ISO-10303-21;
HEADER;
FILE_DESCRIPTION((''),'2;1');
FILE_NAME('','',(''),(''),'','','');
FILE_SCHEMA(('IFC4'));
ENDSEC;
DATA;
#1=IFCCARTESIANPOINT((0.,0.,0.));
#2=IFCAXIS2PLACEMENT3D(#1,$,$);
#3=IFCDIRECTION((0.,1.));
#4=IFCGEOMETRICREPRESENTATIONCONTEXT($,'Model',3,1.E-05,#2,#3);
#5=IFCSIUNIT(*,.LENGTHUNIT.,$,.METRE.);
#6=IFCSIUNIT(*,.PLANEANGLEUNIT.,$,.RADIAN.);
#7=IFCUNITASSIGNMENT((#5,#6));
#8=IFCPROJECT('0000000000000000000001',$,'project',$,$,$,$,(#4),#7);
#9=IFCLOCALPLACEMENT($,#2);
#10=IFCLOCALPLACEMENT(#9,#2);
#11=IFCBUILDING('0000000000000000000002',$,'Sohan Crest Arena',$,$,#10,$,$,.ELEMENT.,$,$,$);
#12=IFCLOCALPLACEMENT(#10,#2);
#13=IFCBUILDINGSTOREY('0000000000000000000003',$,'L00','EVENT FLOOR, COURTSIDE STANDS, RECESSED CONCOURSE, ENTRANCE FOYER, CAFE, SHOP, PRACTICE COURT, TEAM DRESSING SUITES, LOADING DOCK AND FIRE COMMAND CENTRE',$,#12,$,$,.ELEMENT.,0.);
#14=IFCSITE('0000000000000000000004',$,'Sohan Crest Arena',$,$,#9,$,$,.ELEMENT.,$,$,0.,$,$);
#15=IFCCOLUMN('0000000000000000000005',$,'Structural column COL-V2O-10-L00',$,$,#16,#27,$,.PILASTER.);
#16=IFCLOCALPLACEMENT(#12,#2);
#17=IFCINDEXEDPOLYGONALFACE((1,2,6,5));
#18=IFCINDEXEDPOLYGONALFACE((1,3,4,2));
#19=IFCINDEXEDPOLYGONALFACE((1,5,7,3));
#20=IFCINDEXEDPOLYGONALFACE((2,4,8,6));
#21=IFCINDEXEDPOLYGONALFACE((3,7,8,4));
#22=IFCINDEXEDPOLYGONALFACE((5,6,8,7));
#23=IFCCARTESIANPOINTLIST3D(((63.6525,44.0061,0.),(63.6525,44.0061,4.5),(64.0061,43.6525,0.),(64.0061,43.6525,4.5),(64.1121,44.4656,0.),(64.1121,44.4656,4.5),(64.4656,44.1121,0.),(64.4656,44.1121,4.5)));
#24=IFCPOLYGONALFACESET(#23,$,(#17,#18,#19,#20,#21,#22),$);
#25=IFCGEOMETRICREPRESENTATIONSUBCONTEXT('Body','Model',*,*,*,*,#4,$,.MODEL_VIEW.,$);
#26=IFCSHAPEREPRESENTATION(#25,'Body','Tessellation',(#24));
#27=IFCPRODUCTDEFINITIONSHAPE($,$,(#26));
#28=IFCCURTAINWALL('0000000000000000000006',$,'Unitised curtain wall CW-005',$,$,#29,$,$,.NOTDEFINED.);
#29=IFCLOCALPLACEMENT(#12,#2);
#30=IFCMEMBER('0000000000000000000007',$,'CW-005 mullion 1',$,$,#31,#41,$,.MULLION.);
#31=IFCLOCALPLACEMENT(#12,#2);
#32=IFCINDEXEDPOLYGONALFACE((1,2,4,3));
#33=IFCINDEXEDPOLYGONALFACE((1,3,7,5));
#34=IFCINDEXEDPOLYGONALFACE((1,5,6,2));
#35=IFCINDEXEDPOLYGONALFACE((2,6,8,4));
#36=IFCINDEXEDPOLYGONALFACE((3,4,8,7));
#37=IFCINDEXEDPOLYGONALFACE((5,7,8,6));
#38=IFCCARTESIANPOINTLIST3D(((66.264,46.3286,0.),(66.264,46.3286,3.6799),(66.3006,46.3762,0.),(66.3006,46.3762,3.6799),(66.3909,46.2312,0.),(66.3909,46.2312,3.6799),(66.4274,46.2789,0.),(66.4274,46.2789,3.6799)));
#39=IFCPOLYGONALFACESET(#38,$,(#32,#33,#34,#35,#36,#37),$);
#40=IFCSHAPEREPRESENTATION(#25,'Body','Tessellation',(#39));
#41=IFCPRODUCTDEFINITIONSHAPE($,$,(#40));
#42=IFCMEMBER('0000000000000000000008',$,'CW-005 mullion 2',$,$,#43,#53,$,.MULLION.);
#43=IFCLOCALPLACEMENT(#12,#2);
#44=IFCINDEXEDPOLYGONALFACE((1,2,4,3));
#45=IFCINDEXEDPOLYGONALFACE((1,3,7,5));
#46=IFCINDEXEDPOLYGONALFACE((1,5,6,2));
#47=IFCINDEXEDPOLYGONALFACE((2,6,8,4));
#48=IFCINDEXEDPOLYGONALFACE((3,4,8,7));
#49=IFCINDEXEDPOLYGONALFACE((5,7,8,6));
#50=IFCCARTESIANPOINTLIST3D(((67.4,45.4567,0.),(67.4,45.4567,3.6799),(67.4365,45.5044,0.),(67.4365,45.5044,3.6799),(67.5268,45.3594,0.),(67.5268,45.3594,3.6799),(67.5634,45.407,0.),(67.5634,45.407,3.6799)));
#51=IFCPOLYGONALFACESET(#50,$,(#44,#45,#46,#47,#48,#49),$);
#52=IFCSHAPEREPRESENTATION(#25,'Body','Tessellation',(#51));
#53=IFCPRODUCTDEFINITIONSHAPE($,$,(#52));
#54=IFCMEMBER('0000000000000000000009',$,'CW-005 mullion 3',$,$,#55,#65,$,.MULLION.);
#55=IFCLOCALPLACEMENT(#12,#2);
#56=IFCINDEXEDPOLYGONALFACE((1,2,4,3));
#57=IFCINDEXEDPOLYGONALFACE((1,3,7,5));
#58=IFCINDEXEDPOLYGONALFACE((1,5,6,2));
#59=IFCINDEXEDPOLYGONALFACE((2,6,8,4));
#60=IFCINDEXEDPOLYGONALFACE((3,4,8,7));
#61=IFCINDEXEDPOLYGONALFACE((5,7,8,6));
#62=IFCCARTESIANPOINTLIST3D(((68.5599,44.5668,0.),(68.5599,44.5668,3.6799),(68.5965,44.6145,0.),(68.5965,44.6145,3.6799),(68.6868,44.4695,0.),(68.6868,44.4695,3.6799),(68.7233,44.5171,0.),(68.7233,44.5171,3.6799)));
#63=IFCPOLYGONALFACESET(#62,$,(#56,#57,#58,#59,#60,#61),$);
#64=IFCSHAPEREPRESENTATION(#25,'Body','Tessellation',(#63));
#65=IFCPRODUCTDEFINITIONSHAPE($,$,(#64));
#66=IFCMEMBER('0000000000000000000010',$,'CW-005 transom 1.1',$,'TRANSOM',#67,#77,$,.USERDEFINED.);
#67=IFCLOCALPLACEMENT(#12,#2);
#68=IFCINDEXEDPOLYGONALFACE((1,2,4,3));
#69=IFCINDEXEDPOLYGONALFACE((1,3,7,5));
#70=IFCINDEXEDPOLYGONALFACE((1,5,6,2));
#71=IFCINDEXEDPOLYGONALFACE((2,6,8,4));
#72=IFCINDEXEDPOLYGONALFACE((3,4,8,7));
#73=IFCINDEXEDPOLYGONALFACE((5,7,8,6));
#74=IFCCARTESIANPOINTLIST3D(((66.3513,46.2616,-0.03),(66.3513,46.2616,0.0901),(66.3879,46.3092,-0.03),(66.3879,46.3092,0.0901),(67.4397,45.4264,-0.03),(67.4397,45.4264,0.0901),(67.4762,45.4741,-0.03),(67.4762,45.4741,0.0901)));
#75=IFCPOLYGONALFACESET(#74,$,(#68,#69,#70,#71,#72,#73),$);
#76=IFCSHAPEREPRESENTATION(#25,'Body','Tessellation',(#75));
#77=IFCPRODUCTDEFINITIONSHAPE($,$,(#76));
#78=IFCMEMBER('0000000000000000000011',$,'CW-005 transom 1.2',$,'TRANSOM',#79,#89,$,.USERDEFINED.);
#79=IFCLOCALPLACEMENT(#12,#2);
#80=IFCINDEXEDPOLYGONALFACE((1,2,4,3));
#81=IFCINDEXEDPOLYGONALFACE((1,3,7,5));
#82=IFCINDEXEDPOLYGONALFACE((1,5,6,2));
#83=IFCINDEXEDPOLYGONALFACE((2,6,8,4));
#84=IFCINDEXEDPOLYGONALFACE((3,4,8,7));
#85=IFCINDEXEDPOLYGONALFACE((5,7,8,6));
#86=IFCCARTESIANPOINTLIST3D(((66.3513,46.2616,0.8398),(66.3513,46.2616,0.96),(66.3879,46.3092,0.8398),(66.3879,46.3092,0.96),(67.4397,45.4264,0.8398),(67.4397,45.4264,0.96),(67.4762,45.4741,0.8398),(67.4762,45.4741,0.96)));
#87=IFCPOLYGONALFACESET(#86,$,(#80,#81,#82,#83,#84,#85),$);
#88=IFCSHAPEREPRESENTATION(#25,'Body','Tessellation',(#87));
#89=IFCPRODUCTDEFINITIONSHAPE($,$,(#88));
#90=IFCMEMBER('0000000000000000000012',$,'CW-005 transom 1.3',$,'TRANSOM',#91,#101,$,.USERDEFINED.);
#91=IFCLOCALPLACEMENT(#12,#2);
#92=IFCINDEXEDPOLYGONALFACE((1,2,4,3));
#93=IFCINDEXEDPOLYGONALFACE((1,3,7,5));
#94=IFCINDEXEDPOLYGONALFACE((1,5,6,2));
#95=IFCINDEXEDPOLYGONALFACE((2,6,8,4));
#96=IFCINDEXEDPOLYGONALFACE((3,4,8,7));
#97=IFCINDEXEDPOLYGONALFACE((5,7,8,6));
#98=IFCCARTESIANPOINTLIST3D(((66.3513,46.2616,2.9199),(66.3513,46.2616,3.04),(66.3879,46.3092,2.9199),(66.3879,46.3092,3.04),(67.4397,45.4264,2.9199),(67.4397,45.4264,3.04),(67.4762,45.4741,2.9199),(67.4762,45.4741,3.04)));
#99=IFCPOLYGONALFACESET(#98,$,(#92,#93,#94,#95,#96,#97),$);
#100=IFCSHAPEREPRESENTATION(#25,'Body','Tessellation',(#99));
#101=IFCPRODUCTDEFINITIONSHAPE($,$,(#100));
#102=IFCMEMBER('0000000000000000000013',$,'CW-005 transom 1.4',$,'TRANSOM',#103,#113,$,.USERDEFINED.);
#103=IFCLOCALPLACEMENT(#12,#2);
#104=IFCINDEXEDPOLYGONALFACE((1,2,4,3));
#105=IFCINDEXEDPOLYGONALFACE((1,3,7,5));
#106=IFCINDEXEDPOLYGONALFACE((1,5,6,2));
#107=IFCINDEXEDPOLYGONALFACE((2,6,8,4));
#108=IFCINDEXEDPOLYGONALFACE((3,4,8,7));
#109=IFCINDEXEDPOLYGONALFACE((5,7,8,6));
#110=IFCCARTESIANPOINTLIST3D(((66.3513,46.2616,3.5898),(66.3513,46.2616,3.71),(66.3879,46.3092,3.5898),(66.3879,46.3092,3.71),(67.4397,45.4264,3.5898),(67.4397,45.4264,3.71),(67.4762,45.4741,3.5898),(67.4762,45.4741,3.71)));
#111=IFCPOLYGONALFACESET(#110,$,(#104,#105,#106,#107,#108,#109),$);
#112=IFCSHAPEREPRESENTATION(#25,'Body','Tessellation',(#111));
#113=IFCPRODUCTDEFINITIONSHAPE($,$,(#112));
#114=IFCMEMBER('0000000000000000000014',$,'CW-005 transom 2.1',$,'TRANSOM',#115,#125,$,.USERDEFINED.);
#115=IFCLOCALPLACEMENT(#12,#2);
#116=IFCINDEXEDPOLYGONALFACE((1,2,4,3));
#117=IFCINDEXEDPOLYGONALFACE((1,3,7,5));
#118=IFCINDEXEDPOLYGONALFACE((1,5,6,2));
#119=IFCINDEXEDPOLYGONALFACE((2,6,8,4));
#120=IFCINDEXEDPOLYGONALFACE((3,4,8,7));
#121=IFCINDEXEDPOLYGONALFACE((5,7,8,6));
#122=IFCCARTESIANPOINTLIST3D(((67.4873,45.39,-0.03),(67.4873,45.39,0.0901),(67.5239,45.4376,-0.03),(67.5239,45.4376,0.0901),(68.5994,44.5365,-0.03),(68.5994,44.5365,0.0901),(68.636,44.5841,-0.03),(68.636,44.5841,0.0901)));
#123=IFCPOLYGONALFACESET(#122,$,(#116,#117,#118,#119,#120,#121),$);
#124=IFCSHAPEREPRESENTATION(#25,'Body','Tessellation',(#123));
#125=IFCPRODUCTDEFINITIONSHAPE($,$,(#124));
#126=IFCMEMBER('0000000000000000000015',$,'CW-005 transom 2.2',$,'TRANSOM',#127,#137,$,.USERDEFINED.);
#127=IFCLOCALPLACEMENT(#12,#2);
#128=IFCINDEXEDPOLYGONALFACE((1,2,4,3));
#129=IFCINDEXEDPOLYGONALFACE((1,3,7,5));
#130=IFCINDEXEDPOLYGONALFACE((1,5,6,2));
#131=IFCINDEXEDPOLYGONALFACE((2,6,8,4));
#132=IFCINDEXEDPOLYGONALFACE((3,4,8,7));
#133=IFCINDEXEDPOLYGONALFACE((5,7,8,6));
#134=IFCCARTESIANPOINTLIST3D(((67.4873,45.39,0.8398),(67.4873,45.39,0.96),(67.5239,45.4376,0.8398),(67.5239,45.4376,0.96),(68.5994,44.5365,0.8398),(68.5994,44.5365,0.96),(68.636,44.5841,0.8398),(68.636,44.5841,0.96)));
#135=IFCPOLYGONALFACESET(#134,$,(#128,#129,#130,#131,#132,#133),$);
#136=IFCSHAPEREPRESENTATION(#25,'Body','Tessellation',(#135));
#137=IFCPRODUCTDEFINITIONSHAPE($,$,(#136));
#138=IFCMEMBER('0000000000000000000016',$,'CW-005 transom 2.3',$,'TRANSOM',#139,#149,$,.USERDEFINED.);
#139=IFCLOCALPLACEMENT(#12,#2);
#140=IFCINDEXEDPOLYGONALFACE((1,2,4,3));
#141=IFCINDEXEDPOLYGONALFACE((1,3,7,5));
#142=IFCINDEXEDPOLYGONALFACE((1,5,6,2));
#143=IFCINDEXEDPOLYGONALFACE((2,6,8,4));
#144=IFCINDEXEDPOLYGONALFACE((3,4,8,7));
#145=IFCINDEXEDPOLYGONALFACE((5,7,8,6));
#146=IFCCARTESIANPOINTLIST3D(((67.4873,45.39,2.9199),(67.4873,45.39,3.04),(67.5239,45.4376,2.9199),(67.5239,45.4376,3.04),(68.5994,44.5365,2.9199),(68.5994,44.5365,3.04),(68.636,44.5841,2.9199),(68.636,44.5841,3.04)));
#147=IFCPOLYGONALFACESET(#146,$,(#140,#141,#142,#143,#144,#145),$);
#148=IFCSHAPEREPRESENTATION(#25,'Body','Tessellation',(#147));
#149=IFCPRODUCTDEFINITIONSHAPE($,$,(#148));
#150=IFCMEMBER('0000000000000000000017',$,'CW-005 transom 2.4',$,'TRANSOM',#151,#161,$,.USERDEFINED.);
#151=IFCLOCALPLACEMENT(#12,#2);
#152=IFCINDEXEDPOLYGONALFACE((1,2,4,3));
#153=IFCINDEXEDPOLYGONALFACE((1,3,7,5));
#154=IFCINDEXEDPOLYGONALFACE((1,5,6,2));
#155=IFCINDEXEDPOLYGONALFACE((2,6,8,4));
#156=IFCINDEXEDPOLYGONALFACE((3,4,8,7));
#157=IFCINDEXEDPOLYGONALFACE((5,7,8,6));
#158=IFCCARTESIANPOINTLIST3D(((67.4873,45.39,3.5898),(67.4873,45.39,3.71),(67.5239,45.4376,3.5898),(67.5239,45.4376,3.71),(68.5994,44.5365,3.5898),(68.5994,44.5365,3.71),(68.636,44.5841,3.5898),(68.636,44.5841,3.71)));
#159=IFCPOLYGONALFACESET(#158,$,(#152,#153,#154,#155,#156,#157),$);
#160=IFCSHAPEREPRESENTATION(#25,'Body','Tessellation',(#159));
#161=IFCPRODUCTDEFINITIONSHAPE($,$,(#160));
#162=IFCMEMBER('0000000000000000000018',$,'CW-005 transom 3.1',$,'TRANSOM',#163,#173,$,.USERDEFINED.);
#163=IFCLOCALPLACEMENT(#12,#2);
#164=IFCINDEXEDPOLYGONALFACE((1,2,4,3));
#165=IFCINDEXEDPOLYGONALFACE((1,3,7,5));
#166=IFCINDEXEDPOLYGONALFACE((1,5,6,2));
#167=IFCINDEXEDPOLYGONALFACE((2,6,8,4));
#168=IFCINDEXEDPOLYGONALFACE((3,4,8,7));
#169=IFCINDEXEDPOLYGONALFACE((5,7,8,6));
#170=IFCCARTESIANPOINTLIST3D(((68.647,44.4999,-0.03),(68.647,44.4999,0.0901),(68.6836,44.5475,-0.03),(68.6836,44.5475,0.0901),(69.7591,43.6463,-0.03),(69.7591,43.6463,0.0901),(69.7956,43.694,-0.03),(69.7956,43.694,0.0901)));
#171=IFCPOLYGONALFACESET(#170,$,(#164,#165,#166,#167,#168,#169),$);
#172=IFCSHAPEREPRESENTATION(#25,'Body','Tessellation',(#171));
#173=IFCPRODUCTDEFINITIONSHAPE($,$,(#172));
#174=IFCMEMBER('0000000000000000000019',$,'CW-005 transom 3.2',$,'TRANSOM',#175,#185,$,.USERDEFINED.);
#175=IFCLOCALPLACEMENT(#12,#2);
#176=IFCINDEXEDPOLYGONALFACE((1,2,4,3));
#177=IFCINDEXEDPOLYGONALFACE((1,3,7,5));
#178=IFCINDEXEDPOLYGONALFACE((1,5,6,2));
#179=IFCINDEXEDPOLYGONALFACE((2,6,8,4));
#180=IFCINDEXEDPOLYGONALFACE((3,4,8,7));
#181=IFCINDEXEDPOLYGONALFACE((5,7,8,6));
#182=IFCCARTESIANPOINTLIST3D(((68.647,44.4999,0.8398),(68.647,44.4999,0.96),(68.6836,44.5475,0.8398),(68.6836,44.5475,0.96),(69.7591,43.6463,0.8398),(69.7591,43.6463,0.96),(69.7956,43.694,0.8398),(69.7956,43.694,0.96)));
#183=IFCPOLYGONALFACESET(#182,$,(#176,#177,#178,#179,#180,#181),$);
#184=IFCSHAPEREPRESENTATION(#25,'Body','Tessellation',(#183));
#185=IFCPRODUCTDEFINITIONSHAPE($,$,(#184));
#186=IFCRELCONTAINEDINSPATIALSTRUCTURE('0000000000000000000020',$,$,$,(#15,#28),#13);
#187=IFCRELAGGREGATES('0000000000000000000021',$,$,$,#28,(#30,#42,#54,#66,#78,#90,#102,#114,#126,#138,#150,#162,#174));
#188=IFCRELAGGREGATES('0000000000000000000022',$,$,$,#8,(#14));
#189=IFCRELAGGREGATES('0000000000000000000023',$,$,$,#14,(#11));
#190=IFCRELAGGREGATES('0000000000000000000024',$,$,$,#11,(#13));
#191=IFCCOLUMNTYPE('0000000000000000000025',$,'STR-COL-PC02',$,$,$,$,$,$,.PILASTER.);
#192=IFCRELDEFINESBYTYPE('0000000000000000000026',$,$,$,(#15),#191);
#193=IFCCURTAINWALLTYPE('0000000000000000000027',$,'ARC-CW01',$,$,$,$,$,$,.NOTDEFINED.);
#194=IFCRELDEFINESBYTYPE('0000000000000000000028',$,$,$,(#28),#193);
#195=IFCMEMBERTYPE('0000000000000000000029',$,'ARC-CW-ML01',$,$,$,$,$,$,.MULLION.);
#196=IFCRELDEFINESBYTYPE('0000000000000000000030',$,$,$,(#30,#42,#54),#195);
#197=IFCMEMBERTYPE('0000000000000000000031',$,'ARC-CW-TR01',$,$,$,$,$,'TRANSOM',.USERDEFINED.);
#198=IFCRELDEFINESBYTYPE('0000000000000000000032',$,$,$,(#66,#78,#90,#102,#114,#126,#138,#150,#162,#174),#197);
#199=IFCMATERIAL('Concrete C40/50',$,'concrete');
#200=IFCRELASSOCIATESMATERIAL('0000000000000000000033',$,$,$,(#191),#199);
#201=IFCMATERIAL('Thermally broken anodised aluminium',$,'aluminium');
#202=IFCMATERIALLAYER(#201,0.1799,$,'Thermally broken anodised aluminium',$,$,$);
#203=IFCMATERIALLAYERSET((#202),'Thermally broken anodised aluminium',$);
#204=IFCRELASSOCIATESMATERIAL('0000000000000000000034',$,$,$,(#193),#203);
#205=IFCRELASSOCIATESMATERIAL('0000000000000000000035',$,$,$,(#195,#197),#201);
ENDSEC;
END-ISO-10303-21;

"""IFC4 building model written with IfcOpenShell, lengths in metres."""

from ifc_helpers import new_model, si_unit, direction, frame, origin, origin_2d, place, context, subcontext, project, spatial, rectangle, extrude, material, layer, layer_set, material_profile, profile_set, type_object, element, aggregate, save


model = new_model("IFC4")

# Units and contexts
model_context = context("Model", 3, precision=1e-05, world=origin(), true_north=direction((0.0, 1.0)))
body_context = subcontext(model_context, "Body", "Model", "MODEL_VIEW")
ifc_project = project(units=[si_unit("LENGTHUNIT", "METRE"), si_unit("PLANEANGLEUNIT", "RADIAN")], contexts=[model_context])

# Site, building, storey
site_placement = place(None, origin())
site = spatial("IfcSite", under=ifc_project, at=site_placement, Name="Sohan Crest Arena", CompositionType="ELEMENT", RefElevation=0.0)
building_placement = place(site_placement, origin())
building = spatial("IfcBuilding", under=site, at=building_placement, Name="Sohan Crest Arena", CompositionType="ELEMENT")
storey_placement = place(building_placement, origin())
storey = spatial("IfcBuildingStorey", under=building, at=storey_placement, Name="L00", Description="EVENT FLOOR, COURTSIDE STANDS, RECESSED CONCOURSE, ENTRANCE FOYER, CAFE, SHOP, PRACTICE COURT, TEAM DRESSING SUITES, LOADING DOCK AND FIRE COMMAND CENTRE", CompositionType="ELEMENT", Elevation=0.0)

# Column
ifc_material_1 = material(Name="Concrete C40/50", Category="concrete")
ifc_material_profile_1 = material_profile(ifc_material_1, rectangle(XDim=0.6499, YDim=0.5, at=origin_2d()), Name="RC 650x500")
ifc_profile_set_1 = profile_set([ifc_material_profile_1], Name="Concrete C40/50")
column_type = type_object("IfcColumnType", Name="STR-COL-PC02", PredefinedType="PILASTER", material=ifc_profile_set_1)
column_placement = place(storey_placement, frame((64.0591, 44.0591, 0.0), z_axis=(0.0, 0.0, 1.0), x_axis=(0.707107, 0.707107, 0.0)))
element("IfcColumn", 1, at=column_placement, inside=storey, type_object=column_type, Name="Structural column COL-V2O-10-L00", PredefinedType="PILASTER", context=body_context, shape_type="SweptSolid", body=[
    extrude(rectangle(XDim=0.6499, YDim=0.5, at=origin_2d()), origin(), (0.0, 0.0, 1.0), 4.5),
])

# Curtain wall, members
ifc_material_2 = material(Name="Thermally broken anodised aluminium", Category="aluminium")
ifc_layer_1 = layer(ifc_material_2, 0.1799, Name="Thermally broken anodised aluminium")
ifc_layer_set_1 = layer_set([ifc_layer_1], Name="Thermally broken anodised aluminium")
curtain_wall_type_1 = type_object("IfcCurtainWallType", Name="ARC-CW01", PredefinedType="NOTDEFINED", material=ifc_layer_set_1)
curtain_wall_1_placement = place(storey_placement, origin())
curtain_wall_1 = element("IfcCurtainWall", 2, at=curtain_wall_1_placement, inside=storey, type_object=curtain_wall_type_1, Name="Unitised curtain wall CW-005", PredefinedType="NOTDEFINED")
ifc_material_profile_2 = material_profile(ifc_material_2, rectangle(XDim=0.0601, YDim=0.1599, at=origin_2d()), Name="ALU-MULL 60x160")
ifc_profile_set_2 = profile_set([ifc_material_profile_2], Name="Thermally broken anodised aluminium")
member_type_1 = type_object("IfcMemberType", Name="ARC-CW-ML01", PredefinedType="MULLION", material=ifc_profile_set_2)
member_1_placement = place(storey_placement, frame((66.3457, 46.3037, 0.0), z_axis=(0.0, 0.0, 1.0), x_axis=(0.608801, 0.793323, 0.0)))
member_1 = element("IfcMember", 3, at=member_1_placement, type_object=member_type_1, Name="CW-005 mullion 1", PredefinedType="MULLION", context=body_context, shape_type="SweptSolid", body=[
    extrude(rectangle(XDim=0.0601, YDim=0.1599, at=origin_2d()), origin(), (0.0, 0.0, 1.0), 3.6799),
])
member_2_placement = place(storey_placement, frame((67.4817, 45.4319, 0.0), z_axis=(0.0, 0.0, 1.0), x_axis=(0.608801, 0.793323, 0.0)))
member_2 = element("IfcMember", 4, at=member_2_placement, type_object=member_type_1, Name="CW-005 mullion 2", PredefinedType="MULLION", context=body_context, shape_type="SweptSolid", body=[
    extrude(rectangle(XDim=0.0601, YDim=0.1599, at=origin_2d()), origin(), (0.0, 0.0, 1.0), 3.6799),
])
member_3_placement = place(storey_placement, frame((68.6416, 44.542, 0.0), z_axis=(0.0, 0.0, 1.0), x_axis=(0.608801, 0.793323, 0.0)))
member_3 = element("IfcMember", 5, at=member_3_placement, type_object=member_type_1, Name="CW-005 mullion 3", PredefinedType="MULLION", context=body_context, shape_type="SweptSolid", body=[
    extrude(rectangle(XDim=0.0601, YDim=0.1599, at=origin_2d()), origin(), (0.0, 0.0, 1.0), 3.6799),
])
ifc_material_profile_3 = material_profile(ifc_material_2, rectangle(XDim=0.0601, YDim=0.1201, at=origin_2d()), Name="ALU-TRAN 60x120")
ifc_profile_set_3 = profile_set([ifc_material_profile_3], Name="Thermally broken anodised aluminium")
member_type_2 = type_object("IfcMemberType", Name="ARC-CW-TR01", ElementType="TRANSOM", PredefinedType="USERDEFINED", material=ifc_profile_set_3)
member_4_placement = place(storey_placement, frame((66.3696, 46.2854, 0.03), z_axis=(0.793331, -0.60879, 0.0), x_axis=(0.60879, 0.793331, 0.0)))
member_4 = element("IfcMember", 6, at=member_4_placement, type_object=member_type_2, Name="CW-005 transom 1.1", ObjectType="TRANSOM", PredefinedType="USERDEFINED", context=body_context, shape_type="SweptSolid", body=[
    extrude(rectangle(XDim=0.0601, YDim=0.1201, at=origin_2d()), origin(), (0.0, 0.0, 1.0), 1.3718),
])
member_5_placement = place(storey_placement, frame((66.3696, 46.2854, 0.8999), z_axis=(0.793331, -0.60879, 0.0), x_axis=(0.60879, 0.793331, 0.0)))
member_5 = element("IfcMember", 7, at=member_5_placement, type_object=member_type_2, Name="CW-005 transom 1.2", ObjectType="TRANSOM", PredefinedType="USERDEFINED", context=body_context, shape_type="SweptSolid", body=[
    extrude(rectangle(XDim=0.0601, YDim=0.1201, at=origin_2d()), origin(), (0.0, 0.0, 1.0), 1.3718),
])
member_6_placement = place(storey_placement, frame((66.3696, 46.2854, 2.98), z_axis=(0.793331, -0.60879, 0.0), x_axis=(0.60879, 0.793331, 0.0)))
member_6 = element("IfcMember", 8, at=member_6_placement, type_object=member_type_2, Name="CW-005 transom 1.3", ObjectType="TRANSOM", PredefinedType="USERDEFINED", context=body_context, shape_type="SweptSolid", body=[
    extrude(rectangle(XDim=0.0601, YDim=0.1201, at=origin_2d()), origin(), (0.0, 0.0, 1.0), 1.3718),
])
member_7_placement = place(storey_placement, frame((66.3696, 46.2854, 3.6499), z_axis=(0.793331, -0.60879, 0.0), x_axis=(0.60879, 0.793331, 0.0)))
member_7 = element("IfcMember", 9, at=member_7_placement, type_object=member_type_2, Name="CW-005 transom 1.4", ObjectType="TRANSOM", PredefinedType="USERDEFINED", context=body_context, shape_type="SweptSolid", body=[
    extrude(rectangle(XDim=0.0601, YDim=0.1201, at=origin_2d()), origin(), (0.0, 0.0, 1.0), 1.3718),
])
member_8_placement = place(storey_placement, frame((67.5056, 45.4138, 0.03), z_axis=(0.793284, -0.608852, 0.0), x_axis=(0.608852, 0.793284, 0.0)))
member_8 = element("IfcMember", 10, at=member_8_placement, type_object=member_type_2, Name="CW-005 transom 2.1", ObjectType="TRANSOM", PredefinedType="USERDEFINED", context=body_context, shape_type="SweptSolid", body=[
    extrude(rectangle(XDim=0.0601, YDim=0.1201, at=origin_2d()), origin(), (0.0, 0.0, 1.0), 1.4019),
])
member_9_placement = place(storey_placement, frame((67.5056, 45.4138, 0.8999), z_axis=(0.793284, -0.608852, 0.0), x_axis=(0.608852, 0.793284, 0.0)))
member_9 = element("IfcMember", 11, at=member_9_placement, type_object=member_type_2, Name="CW-005 transom 2.2", ObjectType="TRANSOM", PredefinedType="USERDEFINED", context=body_context, shape_type="SweptSolid", body=[
    extrude(rectangle(XDim=0.0601, YDim=0.1201, at=origin_2d()), origin(), (0.0, 0.0, 1.0), 1.4019),
])
member_10_placement = place(storey_placement, frame((67.5056, 45.4138, 2.98), z_axis=(0.793284, -0.608852, 0.0), x_axis=(0.608852, 0.793284, 0.0)))
member_10 = element("IfcMember", 12, at=member_10_placement, type_object=member_type_2, Name="CW-005 transom 2.3", ObjectType="TRANSOM", PredefinedType="USERDEFINED", context=body_context, shape_type="SweptSolid", body=[
    extrude(rectangle(XDim=0.0601, YDim=0.1201, at=origin_2d()), origin(), (0.0, 0.0, 1.0), 1.4019),
])
member_11_placement = place(storey_placement, frame((67.5056, 45.4138, 3.6499), z_axis=(0.793284, -0.608852, 0.0), x_axis=(0.608852, 0.793284, 0.0)))
member_11 = element("IfcMember", 13, at=member_11_placement, type_object=member_type_2, Name="CW-005 transom 2.4", ObjectType="TRANSOM", PredefinedType="USERDEFINED", context=body_context, shape_type="SweptSolid", body=[
    extrude(rectangle(XDim=0.0601, YDim=0.1201, at=origin_2d()), origin(), (0.0, 0.0, 1.0), 1.4019),
])
member_12_placement = place(storey_placement, frame((68.6653, 44.5237, 0.03), z_axis=(0.793284, -0.608852, 0.0), x_axis=(0.608852, 0.793284, 0.0)))
member_12 = element("IfcMember", 14, at=member_12_placement, type_object=member_type_2, Name="CW-005 transom 3.1", ObjectType="TRANSOM", PredefinedType="USERDEFINED", context=body_context, shape_type="SweptSolid", body=[
    extrude(rectangle(XDim=0.0601, YDim=0.1201, at=origin_2d()), origin(), (0.0, 0.0, 1.0), 1.4019),
])
member_13_placement = place(storey_placement, frame((68.6653, 44.5237, 0.8999), z_axis=(0.793284, -0.608852, 0.0), x_axis=(0.608852, 0.793284, 0.0)))
member_13 = element("IfcMember", 15, at=member_13_placement, type_object=member_type_2, Name="CW-005 transom 3.2", ObjectType="TRANSOM", PredefinedType="USERDEFINED", context=body_context, shape_type="SweptSolid", body=[
    extrude(rectangle(XDim=0.0601, YDim=0.1201, at=origin_2d()), origin(), (0.0, 0.0, 1.0), 1.4019),
])

aggregate(curtain_wall_1, [member_1, member_2, member_3, member_4, member_5, member_6, member_7, member_8, member_9, member_10, member_11, member_12, member_13])

save(model, "model.ifc")
